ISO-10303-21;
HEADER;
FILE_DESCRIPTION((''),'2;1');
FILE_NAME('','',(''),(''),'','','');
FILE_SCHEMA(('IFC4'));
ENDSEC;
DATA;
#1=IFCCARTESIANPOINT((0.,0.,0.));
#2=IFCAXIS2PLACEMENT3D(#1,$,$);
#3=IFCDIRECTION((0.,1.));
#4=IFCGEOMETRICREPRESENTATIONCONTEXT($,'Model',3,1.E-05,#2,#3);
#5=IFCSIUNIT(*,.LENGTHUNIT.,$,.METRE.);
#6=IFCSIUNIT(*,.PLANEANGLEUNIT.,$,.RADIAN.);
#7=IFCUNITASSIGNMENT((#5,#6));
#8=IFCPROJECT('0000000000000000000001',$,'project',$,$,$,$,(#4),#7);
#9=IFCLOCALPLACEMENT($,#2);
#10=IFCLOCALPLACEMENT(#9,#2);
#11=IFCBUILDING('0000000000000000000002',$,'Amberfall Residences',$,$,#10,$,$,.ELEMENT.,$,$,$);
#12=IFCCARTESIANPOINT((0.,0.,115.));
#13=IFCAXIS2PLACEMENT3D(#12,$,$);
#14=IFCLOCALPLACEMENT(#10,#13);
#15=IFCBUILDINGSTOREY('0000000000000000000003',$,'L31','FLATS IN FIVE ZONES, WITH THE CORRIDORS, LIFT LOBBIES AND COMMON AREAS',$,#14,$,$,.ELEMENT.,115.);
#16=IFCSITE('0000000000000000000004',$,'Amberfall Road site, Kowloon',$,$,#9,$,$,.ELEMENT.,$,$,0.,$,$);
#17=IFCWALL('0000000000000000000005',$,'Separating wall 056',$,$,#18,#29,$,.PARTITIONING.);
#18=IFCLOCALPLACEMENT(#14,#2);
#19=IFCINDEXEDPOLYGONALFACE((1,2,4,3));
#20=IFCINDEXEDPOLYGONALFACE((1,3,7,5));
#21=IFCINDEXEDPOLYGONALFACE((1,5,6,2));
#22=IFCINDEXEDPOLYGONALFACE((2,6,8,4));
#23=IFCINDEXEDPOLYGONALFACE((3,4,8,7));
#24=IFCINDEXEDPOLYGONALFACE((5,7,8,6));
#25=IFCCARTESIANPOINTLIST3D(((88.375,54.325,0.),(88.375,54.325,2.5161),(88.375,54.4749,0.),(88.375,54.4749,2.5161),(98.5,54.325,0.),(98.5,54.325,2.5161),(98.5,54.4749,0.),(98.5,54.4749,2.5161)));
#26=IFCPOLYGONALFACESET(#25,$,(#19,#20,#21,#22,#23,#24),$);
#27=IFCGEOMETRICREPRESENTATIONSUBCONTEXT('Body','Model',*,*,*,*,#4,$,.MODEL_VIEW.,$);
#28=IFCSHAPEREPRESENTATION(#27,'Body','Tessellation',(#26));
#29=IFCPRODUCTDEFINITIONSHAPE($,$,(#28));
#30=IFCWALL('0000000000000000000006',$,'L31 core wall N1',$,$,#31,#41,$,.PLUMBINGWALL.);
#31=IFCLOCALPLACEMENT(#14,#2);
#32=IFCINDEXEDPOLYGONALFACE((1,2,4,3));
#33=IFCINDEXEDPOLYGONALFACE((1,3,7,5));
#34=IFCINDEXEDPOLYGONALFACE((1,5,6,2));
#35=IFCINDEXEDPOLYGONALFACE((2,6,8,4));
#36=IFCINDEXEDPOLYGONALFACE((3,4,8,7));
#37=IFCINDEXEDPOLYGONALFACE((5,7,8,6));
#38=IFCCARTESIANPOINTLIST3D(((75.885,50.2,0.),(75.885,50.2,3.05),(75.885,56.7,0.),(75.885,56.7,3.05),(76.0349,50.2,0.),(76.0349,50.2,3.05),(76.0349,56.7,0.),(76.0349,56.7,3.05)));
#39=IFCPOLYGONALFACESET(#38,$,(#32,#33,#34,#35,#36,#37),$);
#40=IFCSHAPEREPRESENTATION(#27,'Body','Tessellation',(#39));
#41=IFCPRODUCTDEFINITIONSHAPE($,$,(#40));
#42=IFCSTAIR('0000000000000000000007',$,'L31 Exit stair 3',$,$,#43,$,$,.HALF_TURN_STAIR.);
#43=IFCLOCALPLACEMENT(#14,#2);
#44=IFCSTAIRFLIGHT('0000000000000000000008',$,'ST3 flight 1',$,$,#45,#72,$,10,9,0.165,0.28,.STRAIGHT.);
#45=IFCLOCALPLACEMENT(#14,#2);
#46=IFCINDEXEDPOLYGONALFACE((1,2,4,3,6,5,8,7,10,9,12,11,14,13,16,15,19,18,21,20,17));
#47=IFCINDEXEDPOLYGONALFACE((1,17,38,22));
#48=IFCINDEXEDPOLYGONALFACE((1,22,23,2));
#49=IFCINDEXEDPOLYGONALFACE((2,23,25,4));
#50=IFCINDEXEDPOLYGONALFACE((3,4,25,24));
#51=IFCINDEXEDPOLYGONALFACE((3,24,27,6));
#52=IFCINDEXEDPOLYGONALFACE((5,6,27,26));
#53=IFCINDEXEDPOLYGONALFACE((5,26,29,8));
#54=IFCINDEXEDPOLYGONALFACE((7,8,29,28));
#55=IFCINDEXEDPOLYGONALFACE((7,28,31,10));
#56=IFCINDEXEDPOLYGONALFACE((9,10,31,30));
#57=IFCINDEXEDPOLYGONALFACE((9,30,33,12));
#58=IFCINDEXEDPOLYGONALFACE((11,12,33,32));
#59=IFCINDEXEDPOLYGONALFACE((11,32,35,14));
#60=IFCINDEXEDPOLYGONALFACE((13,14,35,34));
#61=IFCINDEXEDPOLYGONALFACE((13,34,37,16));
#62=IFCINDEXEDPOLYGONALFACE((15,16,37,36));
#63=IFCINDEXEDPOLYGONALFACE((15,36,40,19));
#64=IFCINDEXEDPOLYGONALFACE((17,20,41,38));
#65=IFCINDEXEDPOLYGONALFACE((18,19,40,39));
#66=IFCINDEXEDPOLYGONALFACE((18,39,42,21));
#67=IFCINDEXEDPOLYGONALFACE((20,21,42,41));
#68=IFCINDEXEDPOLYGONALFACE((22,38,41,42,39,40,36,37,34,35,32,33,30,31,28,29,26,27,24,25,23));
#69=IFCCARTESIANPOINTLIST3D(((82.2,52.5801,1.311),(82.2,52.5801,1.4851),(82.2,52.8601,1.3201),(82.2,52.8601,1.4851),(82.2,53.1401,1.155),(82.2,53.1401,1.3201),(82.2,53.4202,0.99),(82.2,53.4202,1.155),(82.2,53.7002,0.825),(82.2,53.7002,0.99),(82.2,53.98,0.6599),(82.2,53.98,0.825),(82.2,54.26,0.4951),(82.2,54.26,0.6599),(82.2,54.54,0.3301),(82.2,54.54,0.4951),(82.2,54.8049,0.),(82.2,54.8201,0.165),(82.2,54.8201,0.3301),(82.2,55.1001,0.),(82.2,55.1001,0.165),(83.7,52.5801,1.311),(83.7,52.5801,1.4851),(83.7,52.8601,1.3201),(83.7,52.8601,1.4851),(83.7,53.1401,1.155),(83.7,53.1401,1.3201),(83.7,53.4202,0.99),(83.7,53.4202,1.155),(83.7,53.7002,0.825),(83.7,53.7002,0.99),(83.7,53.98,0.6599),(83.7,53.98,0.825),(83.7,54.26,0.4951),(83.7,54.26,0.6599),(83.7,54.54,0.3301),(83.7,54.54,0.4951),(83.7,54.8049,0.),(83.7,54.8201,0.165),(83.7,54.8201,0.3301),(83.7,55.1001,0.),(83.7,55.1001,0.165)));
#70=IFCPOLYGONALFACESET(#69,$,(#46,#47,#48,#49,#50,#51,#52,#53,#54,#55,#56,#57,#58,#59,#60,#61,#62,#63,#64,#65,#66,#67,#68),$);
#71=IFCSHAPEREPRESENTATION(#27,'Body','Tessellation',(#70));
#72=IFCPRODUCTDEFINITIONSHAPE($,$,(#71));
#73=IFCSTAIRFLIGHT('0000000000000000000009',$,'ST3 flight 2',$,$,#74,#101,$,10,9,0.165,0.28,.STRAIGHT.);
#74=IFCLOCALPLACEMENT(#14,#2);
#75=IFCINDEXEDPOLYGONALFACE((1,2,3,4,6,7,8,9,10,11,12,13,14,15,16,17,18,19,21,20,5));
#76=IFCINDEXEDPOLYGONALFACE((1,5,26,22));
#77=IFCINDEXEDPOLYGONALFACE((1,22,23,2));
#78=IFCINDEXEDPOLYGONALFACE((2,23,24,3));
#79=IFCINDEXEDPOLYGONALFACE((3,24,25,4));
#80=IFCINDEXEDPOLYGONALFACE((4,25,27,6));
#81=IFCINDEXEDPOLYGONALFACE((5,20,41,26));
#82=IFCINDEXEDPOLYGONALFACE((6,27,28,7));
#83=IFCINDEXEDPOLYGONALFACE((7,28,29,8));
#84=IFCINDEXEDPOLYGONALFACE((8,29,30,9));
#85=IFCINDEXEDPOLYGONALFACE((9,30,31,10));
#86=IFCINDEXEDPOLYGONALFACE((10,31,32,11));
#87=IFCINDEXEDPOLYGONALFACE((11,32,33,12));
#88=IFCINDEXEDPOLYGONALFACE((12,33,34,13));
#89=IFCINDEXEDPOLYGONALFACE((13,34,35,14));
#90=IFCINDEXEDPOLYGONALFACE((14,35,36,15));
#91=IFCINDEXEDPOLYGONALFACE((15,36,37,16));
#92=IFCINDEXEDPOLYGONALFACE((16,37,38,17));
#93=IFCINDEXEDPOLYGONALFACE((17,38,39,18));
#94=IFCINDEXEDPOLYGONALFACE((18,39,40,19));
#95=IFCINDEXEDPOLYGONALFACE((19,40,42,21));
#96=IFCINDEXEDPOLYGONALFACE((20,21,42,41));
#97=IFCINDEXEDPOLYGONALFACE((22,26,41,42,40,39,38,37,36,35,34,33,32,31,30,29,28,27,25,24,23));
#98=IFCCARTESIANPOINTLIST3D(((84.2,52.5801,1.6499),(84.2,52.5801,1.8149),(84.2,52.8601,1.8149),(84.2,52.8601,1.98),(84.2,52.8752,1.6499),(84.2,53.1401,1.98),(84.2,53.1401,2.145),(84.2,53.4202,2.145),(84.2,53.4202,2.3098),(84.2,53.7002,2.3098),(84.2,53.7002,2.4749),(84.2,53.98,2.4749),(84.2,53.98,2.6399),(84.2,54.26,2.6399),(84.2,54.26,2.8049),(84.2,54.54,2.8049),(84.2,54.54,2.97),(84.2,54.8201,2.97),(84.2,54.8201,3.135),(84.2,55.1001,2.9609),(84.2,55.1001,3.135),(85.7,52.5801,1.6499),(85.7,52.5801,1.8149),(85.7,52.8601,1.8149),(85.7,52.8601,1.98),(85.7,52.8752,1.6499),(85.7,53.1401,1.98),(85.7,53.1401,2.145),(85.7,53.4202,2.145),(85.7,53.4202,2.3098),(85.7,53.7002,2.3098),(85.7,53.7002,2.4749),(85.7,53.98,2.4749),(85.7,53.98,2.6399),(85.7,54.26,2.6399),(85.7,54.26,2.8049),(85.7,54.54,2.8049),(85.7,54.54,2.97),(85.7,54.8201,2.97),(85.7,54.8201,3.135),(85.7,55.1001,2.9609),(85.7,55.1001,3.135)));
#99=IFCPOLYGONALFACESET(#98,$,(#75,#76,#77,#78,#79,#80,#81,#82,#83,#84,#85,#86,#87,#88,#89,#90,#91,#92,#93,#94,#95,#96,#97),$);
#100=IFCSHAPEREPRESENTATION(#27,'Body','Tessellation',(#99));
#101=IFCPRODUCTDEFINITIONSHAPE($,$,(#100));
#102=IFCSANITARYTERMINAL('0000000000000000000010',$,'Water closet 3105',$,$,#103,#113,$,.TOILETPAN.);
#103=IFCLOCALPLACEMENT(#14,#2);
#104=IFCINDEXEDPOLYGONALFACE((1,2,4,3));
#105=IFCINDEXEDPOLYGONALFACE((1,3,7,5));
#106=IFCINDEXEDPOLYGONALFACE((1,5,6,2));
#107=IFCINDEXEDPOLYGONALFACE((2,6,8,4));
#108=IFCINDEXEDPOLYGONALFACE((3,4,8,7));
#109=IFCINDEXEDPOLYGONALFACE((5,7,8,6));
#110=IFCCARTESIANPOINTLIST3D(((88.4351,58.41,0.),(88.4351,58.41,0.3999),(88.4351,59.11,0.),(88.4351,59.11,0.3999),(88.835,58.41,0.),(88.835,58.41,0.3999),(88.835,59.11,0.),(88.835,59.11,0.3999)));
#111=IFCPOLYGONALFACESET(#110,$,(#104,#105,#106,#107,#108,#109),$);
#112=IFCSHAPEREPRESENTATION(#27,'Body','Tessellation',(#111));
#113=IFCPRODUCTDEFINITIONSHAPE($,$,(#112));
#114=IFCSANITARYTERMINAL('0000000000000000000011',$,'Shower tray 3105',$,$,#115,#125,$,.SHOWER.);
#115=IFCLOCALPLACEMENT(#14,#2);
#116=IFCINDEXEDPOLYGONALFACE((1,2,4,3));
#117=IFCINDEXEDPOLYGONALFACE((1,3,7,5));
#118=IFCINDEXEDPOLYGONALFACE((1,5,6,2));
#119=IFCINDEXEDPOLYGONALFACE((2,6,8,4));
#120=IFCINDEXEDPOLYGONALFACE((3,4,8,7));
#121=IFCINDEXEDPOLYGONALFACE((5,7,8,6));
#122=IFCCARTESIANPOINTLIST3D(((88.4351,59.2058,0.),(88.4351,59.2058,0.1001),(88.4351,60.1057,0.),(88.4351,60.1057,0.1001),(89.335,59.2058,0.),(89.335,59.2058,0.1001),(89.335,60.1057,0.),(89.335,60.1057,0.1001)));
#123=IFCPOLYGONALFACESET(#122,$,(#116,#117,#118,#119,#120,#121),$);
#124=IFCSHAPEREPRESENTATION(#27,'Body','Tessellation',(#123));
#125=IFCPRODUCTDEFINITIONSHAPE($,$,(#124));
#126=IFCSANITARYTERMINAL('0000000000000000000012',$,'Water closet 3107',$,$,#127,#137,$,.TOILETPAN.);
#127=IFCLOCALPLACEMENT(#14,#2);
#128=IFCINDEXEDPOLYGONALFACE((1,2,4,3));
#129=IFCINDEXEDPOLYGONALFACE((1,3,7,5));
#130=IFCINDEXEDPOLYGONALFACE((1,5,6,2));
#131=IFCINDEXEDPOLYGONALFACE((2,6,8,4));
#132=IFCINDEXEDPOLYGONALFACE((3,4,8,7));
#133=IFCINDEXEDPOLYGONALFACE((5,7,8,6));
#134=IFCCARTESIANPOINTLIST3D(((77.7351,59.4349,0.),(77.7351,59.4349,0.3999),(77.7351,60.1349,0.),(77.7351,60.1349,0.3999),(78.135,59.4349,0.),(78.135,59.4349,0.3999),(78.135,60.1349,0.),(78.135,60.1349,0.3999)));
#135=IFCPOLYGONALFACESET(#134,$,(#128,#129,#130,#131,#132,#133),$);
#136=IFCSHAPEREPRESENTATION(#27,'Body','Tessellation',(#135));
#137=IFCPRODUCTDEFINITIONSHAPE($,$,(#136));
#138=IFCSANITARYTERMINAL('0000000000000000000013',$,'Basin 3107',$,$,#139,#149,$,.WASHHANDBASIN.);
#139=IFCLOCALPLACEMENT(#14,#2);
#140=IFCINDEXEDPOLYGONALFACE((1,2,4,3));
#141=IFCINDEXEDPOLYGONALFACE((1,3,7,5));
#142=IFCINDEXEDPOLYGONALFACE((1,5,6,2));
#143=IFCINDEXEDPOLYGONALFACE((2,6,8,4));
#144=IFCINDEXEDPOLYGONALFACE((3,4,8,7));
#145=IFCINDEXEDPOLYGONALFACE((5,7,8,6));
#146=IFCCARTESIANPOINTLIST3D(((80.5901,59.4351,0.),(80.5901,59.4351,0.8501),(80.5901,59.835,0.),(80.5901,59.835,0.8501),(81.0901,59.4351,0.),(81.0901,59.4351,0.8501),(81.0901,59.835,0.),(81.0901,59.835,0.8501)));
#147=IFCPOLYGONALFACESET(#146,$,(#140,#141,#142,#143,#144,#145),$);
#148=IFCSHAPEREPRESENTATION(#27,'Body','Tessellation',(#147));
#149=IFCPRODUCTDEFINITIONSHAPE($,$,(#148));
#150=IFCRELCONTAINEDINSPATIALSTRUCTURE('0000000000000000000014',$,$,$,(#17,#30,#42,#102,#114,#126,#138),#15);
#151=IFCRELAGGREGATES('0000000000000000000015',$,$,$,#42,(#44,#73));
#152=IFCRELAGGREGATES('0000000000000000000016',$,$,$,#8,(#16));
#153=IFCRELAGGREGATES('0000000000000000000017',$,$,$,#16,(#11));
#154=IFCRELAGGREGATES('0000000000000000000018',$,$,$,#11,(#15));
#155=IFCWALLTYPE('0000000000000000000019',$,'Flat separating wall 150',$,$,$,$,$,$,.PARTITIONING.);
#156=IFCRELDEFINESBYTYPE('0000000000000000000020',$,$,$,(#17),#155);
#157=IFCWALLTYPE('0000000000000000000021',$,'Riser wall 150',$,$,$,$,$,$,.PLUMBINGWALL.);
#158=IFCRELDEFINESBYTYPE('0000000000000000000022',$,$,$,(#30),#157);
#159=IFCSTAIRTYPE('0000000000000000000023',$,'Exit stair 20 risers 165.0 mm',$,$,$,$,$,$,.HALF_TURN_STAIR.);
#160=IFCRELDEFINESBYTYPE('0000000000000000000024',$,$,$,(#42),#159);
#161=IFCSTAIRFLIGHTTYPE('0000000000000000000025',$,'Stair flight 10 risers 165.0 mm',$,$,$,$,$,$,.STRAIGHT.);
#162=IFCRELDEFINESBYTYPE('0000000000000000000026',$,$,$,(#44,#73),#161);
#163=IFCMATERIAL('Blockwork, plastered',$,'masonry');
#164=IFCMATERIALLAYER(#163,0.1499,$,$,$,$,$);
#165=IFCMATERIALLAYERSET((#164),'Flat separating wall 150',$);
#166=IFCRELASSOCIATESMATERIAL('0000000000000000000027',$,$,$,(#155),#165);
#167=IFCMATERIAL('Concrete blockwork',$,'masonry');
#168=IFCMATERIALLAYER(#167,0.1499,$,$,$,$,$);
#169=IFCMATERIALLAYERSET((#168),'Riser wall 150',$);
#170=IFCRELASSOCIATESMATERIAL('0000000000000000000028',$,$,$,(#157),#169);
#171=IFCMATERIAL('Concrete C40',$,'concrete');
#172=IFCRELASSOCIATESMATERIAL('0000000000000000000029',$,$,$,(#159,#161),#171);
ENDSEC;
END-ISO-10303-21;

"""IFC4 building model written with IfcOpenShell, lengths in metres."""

from ifc_helpers import new_model, si_unit, direction, frame, frame_2d, origin, origin_2d, place, context, subcontext, project, spatial, polyline, rectangle, outline, extrude, material, layer, layer_set, type_object, element, aggregate, save


model = new_model("IFC4")

# Units and contexts
model_context = context("Model", 3, precision=1e-05, world=origin(), true_north=direction((0.0, 1.0)))
body_context = subcontext(model_context, "Body", "Model", "MODEL_VIEW")
ifc_project = project(units=[si_unit("LENGTHUNIT", "METRE"), si_unit("PLANEANGLEUNIT", "RADIAN")], contexts=[model_context])

# Site, building, storey
site_placement = place(None, origin())
site = spatial("IfcSite", under=ifc_project, at=site_placement, Name="Amberfall Road site, Kowloon", CompositionType="ELEMENT", RefElevation=0.0)
building_placement = place(site_placement, origin())
building = spatial("IfcBuilding", under=site, at=building_placement, Name="Amberfall Residences", CompositionType="ELEMENT")
storey_placement = place(building_placement, frame((0.0, 0.0, 115.0)))
storey = spatial("IfcBuildingStorey", under=building, at=storey_placement, Name="L31", Description="FLATS IN FIVE ZONES, WITH THE CORRIDORS, LIFT LOBBIES AND COMMON AREAS", CompositionType="ELEMENT", Elevation=115.0)

# Walls
ifc_material_1 = material(Name="Blockwork, plastered", Category="masonry")
ifc_layer_1 = layer(ifc_material_1, 0.1499)
ifc_layer_set_1 = layer_set([ifc_layer_1], Name="Flat separating wall 150")
wall_type_1 = type_object("IfcWallType", Name="Flat separating wall 150", PredefinedType="PARTITIONING", material=ifc_layer_set_1)
wall_1_placement = place(storey_placement, frame((88.375, 54.3999, 0.0), z_axis=(0.0, 0.0, 1.0), x_axis=(1.0, 0.0, 0.0)))
element("IfcWall", 1, at=wall_1_placement, inside=storey, type_object=wall_type_1, Name="Separating wall 056", PredefinedType="PARTITIONING", context=body_context, shape_type="SweptSolid", body=[
    extrude(rectangle(XDim=10.125, YDim=0.1499, at=frame_2d((5.0625, 0.0))), origin(), (0.0, 0.0, 1.0), 2.5161),
])
ifc_material_2 = material(Name="Concrete blockwork", Category="masonry")
ifc_layer_2 = layer(ifc_material_2, 0.1499)
ifc_layer_set_2 = layer_set([ifc_layer_2], Name="Riser wall 150")
wall_type_2 = type_object("IfcWallType", Name="Riser wall 150", PredefinedType="PLUMBINGWALL", material=ifc_layer_set_2)
wall_2_placement = place(storey_placement, frame((75.96, 50.2, 0.0), z_axis=(0.0, 0.0, 1.0), x_axis=(0.0, 1.0, 0.0)))
element("IfcWall", 2, at=wall_2_placement, inside=storey, type_object=wall_type_2, Name="L31 core wall N1", PredefinedType="PLUMBINGWALL", context=body_context, shape_type="SweptSolid", body=[
    extrude(rectangle(XDim=6.5, YDim=0.1499, at=frame_2d((3.25, 0.0))), origin(), (0.0, 0.0, 1.0), 3.05),
])

# Stair, stair flights
ifc_material_3 = material(Name="Concrete C40", Category="concrete")
stair_type = type_object("IfcStairType", Name="Exit stair 20 risers 165.0 mm", PredefinedType="HALF_TURN_STAIR", material=ifc_material_3)
stair_placement = place(storey_placement, origin())
stair = element("IfcStair", 3, at=stair_placement, inside=storey, type_object=stair_type, Name="L31 Exit stair 3", PredefinedType="HALF_TURN_STAIR")
stair_flight_type = type_object("IfcStairFlightType", Name="Stair flight 10 risers 165.0 mm", PredefinedType="STRAIGHT", material=ifc_material_3)
stair_flight_1_placement = place(storey_placement, frame((82.95, 55.1001, 0.0), z_axis=(0.0, 0.0, 1.0), x_axis=(0.0, -1.0, 0.0)))
stair_flight_1 = element("IfcStairFlight", 4, at=stair_flight_1_placement, type_object=stair_flight_type, Name="ST3 flight 1", NumberOfRisers=10, NumberOfTreads=9, PredefinedType="STRAIGHT", RiserHeight=0.165, TreadLength=0.28, context=body_context, shape_type="SweptSolid", body=[
    extrude(outline(polyline([(0.0, 0.0), (0.0, 0.165), (0.28, 0.165), (0.28, 0.3301), (0.5601, 0.3301), (0.5601, 0.4951), (0.8401, 0.4951), (0.8401, 0.6599), (1.1201, 0.6599), (1.1201, 0.825), (1.3999, 0.825), (1.3999, 0.99), (1.6799, 0.99), (1.6799, 1.155), (1.96, 1.155), (1.96, 1.3201), (2.24, 1.3201), (2.24, 1.4851), (2.52, 1.4851), (2.52, 1.6499), (2.52, 1.311), (0.2952, 0.0), (0.0, 0.0)])), frame((0.0, 0.75, 0.0), z_axis=(0.0, -1.0, 0.0), x_axis=(1.0, 0.0, 0.0)), (0.0, 0.0, 1.0), 1.5),
])
stair_flight_2_placement = place(storey_placement, frame((84.95, 52.5801, 1.6499), z_axis=(0.0, 0.0, 1.0), x_axis=(0.0, 1.0, 0.0)))
stair_flight_2 = element("IfcStairFlight", 5, at=stair_flight_2_placement, type_object=stair_flight_type, Name="ST3 flight 2", NumberOfRisers=10, NumberOfTreads=9, PredefinedType="STRAIGHT", RiserHeight=0.165, TreadLength=0.28, context=body_context, shape_type="SweptSolid", body=[
    extrude(outline(polyline([(0.0, 0.0), (0.0, 0.165), (0.28, 0.165), (0.28, 0.3301), (0.5601, 0.3301), (0.5601, 0.4951), (0.8401, 0.4951), (0.8401, 0.6599), (1.1201, 0.6599), (1.1201, 0.825), (1.3999, 0.825), (1.3999, 0.99), (1.6799, 0.99), (1.6799, 1.155), (1.96, 1.155), (1.96, 1.3201), (2.24, 1.3201), (2.24, 1.4851), (2.52, 1.4851), (2.52, 1.6499), (2.52, 1.311), (0.2952, 0.0), (0.0, 0.0)])), frame((0.0, 0.75, 0.0), z_axis=(0.0, -1.0, 0.0), x_axis=(1.0, 0.0, 0.0)), (0.0, 0.0, 1.0), 1.5),
])
aggregate(stair, [stair_flight_1, stair_flight_2])

# Sanitary terminals
sanitary_terminal_1_placement = place(storey_placement, frame((88.635, 58.76, 0.0), z_axis=(0.0, 0.0, 1.0), x_axis=(1.0, 0.0, 0.0)))
element("IfcSanitaryTerminal", 6, at=sanitary_terminal_1_placement, inside=storey, Name="Water closet 3105", PredefinedType="TOILETPAN", context=body_context, shape_type="SweptSolid", body=[
    extrude(rectangle(XDim=0.3999, YDim=0.7, at=origin_2d()), origin(), (0.0, 0.0, 1.0), 0.3999),
])
sanitary_terminal_2_placement = place(storey_placement, frame((88.885, 59.6558, 0.0), z_axis=(0.0, 0.0, 1.0), x_axis=(1.0, 0.0, 0.0)))
element("IfcSanitaryTerminal", 7, at=sanitary_terminal_2_placement, inside=storey, Name="Shower tray 3105", PredefinedType="SHOWER", context=body_context, shape_type="SweptSolid", body=[
    extrude(rectangle(XDim=0.8999, YDim=0.8999, at=origin_2d()), origin(), (0.0, 0.0, 1.0), 0.1001),
])
sanitary_terminal_3_placement = place(storey_placement, frame((77.9351, 59.7849, 0.0), z_axis=(0.0, 0.0, 1.0), x_axis=(1.0, 0.0, 0.0)))
element("IfcSanitaryTerminal", 8, at=sanitary_terminal_3_placement, inside=storey, Name="Water closet 3107", PredefinedType="TOILETPAN", context=body_context, shape_type="SweptSolid", body=[
    extrude(rectangle(XDim=0.3999, YDim=0.7, at=origin_2d()), origin(), (0.0, 0.0, 1.0), 0.3999),
])
sanitary_terminal_4_placement = place(storey_placement, frame((80.8401, 59.635, 0.0), z_axis=(0.0, 0.0, 1.0), x_axis=(1.0, 0.0, 0.0)))
element("IfcSanitaryTerminal", 9, at=sanitary_terminal_4_placement, inside=storey, Name="Basin 3107", PredefinedType="WASHHANDBASIN", context=body_context, shape_type="SweptSolid", body=[
    extrude(rectangle(XDim=0.5, YDim=0.3999, at=origin_2d()), origin(), (0.0, 0.0, 1.0), 0.8501),
])

save(model, "model.ifc")
